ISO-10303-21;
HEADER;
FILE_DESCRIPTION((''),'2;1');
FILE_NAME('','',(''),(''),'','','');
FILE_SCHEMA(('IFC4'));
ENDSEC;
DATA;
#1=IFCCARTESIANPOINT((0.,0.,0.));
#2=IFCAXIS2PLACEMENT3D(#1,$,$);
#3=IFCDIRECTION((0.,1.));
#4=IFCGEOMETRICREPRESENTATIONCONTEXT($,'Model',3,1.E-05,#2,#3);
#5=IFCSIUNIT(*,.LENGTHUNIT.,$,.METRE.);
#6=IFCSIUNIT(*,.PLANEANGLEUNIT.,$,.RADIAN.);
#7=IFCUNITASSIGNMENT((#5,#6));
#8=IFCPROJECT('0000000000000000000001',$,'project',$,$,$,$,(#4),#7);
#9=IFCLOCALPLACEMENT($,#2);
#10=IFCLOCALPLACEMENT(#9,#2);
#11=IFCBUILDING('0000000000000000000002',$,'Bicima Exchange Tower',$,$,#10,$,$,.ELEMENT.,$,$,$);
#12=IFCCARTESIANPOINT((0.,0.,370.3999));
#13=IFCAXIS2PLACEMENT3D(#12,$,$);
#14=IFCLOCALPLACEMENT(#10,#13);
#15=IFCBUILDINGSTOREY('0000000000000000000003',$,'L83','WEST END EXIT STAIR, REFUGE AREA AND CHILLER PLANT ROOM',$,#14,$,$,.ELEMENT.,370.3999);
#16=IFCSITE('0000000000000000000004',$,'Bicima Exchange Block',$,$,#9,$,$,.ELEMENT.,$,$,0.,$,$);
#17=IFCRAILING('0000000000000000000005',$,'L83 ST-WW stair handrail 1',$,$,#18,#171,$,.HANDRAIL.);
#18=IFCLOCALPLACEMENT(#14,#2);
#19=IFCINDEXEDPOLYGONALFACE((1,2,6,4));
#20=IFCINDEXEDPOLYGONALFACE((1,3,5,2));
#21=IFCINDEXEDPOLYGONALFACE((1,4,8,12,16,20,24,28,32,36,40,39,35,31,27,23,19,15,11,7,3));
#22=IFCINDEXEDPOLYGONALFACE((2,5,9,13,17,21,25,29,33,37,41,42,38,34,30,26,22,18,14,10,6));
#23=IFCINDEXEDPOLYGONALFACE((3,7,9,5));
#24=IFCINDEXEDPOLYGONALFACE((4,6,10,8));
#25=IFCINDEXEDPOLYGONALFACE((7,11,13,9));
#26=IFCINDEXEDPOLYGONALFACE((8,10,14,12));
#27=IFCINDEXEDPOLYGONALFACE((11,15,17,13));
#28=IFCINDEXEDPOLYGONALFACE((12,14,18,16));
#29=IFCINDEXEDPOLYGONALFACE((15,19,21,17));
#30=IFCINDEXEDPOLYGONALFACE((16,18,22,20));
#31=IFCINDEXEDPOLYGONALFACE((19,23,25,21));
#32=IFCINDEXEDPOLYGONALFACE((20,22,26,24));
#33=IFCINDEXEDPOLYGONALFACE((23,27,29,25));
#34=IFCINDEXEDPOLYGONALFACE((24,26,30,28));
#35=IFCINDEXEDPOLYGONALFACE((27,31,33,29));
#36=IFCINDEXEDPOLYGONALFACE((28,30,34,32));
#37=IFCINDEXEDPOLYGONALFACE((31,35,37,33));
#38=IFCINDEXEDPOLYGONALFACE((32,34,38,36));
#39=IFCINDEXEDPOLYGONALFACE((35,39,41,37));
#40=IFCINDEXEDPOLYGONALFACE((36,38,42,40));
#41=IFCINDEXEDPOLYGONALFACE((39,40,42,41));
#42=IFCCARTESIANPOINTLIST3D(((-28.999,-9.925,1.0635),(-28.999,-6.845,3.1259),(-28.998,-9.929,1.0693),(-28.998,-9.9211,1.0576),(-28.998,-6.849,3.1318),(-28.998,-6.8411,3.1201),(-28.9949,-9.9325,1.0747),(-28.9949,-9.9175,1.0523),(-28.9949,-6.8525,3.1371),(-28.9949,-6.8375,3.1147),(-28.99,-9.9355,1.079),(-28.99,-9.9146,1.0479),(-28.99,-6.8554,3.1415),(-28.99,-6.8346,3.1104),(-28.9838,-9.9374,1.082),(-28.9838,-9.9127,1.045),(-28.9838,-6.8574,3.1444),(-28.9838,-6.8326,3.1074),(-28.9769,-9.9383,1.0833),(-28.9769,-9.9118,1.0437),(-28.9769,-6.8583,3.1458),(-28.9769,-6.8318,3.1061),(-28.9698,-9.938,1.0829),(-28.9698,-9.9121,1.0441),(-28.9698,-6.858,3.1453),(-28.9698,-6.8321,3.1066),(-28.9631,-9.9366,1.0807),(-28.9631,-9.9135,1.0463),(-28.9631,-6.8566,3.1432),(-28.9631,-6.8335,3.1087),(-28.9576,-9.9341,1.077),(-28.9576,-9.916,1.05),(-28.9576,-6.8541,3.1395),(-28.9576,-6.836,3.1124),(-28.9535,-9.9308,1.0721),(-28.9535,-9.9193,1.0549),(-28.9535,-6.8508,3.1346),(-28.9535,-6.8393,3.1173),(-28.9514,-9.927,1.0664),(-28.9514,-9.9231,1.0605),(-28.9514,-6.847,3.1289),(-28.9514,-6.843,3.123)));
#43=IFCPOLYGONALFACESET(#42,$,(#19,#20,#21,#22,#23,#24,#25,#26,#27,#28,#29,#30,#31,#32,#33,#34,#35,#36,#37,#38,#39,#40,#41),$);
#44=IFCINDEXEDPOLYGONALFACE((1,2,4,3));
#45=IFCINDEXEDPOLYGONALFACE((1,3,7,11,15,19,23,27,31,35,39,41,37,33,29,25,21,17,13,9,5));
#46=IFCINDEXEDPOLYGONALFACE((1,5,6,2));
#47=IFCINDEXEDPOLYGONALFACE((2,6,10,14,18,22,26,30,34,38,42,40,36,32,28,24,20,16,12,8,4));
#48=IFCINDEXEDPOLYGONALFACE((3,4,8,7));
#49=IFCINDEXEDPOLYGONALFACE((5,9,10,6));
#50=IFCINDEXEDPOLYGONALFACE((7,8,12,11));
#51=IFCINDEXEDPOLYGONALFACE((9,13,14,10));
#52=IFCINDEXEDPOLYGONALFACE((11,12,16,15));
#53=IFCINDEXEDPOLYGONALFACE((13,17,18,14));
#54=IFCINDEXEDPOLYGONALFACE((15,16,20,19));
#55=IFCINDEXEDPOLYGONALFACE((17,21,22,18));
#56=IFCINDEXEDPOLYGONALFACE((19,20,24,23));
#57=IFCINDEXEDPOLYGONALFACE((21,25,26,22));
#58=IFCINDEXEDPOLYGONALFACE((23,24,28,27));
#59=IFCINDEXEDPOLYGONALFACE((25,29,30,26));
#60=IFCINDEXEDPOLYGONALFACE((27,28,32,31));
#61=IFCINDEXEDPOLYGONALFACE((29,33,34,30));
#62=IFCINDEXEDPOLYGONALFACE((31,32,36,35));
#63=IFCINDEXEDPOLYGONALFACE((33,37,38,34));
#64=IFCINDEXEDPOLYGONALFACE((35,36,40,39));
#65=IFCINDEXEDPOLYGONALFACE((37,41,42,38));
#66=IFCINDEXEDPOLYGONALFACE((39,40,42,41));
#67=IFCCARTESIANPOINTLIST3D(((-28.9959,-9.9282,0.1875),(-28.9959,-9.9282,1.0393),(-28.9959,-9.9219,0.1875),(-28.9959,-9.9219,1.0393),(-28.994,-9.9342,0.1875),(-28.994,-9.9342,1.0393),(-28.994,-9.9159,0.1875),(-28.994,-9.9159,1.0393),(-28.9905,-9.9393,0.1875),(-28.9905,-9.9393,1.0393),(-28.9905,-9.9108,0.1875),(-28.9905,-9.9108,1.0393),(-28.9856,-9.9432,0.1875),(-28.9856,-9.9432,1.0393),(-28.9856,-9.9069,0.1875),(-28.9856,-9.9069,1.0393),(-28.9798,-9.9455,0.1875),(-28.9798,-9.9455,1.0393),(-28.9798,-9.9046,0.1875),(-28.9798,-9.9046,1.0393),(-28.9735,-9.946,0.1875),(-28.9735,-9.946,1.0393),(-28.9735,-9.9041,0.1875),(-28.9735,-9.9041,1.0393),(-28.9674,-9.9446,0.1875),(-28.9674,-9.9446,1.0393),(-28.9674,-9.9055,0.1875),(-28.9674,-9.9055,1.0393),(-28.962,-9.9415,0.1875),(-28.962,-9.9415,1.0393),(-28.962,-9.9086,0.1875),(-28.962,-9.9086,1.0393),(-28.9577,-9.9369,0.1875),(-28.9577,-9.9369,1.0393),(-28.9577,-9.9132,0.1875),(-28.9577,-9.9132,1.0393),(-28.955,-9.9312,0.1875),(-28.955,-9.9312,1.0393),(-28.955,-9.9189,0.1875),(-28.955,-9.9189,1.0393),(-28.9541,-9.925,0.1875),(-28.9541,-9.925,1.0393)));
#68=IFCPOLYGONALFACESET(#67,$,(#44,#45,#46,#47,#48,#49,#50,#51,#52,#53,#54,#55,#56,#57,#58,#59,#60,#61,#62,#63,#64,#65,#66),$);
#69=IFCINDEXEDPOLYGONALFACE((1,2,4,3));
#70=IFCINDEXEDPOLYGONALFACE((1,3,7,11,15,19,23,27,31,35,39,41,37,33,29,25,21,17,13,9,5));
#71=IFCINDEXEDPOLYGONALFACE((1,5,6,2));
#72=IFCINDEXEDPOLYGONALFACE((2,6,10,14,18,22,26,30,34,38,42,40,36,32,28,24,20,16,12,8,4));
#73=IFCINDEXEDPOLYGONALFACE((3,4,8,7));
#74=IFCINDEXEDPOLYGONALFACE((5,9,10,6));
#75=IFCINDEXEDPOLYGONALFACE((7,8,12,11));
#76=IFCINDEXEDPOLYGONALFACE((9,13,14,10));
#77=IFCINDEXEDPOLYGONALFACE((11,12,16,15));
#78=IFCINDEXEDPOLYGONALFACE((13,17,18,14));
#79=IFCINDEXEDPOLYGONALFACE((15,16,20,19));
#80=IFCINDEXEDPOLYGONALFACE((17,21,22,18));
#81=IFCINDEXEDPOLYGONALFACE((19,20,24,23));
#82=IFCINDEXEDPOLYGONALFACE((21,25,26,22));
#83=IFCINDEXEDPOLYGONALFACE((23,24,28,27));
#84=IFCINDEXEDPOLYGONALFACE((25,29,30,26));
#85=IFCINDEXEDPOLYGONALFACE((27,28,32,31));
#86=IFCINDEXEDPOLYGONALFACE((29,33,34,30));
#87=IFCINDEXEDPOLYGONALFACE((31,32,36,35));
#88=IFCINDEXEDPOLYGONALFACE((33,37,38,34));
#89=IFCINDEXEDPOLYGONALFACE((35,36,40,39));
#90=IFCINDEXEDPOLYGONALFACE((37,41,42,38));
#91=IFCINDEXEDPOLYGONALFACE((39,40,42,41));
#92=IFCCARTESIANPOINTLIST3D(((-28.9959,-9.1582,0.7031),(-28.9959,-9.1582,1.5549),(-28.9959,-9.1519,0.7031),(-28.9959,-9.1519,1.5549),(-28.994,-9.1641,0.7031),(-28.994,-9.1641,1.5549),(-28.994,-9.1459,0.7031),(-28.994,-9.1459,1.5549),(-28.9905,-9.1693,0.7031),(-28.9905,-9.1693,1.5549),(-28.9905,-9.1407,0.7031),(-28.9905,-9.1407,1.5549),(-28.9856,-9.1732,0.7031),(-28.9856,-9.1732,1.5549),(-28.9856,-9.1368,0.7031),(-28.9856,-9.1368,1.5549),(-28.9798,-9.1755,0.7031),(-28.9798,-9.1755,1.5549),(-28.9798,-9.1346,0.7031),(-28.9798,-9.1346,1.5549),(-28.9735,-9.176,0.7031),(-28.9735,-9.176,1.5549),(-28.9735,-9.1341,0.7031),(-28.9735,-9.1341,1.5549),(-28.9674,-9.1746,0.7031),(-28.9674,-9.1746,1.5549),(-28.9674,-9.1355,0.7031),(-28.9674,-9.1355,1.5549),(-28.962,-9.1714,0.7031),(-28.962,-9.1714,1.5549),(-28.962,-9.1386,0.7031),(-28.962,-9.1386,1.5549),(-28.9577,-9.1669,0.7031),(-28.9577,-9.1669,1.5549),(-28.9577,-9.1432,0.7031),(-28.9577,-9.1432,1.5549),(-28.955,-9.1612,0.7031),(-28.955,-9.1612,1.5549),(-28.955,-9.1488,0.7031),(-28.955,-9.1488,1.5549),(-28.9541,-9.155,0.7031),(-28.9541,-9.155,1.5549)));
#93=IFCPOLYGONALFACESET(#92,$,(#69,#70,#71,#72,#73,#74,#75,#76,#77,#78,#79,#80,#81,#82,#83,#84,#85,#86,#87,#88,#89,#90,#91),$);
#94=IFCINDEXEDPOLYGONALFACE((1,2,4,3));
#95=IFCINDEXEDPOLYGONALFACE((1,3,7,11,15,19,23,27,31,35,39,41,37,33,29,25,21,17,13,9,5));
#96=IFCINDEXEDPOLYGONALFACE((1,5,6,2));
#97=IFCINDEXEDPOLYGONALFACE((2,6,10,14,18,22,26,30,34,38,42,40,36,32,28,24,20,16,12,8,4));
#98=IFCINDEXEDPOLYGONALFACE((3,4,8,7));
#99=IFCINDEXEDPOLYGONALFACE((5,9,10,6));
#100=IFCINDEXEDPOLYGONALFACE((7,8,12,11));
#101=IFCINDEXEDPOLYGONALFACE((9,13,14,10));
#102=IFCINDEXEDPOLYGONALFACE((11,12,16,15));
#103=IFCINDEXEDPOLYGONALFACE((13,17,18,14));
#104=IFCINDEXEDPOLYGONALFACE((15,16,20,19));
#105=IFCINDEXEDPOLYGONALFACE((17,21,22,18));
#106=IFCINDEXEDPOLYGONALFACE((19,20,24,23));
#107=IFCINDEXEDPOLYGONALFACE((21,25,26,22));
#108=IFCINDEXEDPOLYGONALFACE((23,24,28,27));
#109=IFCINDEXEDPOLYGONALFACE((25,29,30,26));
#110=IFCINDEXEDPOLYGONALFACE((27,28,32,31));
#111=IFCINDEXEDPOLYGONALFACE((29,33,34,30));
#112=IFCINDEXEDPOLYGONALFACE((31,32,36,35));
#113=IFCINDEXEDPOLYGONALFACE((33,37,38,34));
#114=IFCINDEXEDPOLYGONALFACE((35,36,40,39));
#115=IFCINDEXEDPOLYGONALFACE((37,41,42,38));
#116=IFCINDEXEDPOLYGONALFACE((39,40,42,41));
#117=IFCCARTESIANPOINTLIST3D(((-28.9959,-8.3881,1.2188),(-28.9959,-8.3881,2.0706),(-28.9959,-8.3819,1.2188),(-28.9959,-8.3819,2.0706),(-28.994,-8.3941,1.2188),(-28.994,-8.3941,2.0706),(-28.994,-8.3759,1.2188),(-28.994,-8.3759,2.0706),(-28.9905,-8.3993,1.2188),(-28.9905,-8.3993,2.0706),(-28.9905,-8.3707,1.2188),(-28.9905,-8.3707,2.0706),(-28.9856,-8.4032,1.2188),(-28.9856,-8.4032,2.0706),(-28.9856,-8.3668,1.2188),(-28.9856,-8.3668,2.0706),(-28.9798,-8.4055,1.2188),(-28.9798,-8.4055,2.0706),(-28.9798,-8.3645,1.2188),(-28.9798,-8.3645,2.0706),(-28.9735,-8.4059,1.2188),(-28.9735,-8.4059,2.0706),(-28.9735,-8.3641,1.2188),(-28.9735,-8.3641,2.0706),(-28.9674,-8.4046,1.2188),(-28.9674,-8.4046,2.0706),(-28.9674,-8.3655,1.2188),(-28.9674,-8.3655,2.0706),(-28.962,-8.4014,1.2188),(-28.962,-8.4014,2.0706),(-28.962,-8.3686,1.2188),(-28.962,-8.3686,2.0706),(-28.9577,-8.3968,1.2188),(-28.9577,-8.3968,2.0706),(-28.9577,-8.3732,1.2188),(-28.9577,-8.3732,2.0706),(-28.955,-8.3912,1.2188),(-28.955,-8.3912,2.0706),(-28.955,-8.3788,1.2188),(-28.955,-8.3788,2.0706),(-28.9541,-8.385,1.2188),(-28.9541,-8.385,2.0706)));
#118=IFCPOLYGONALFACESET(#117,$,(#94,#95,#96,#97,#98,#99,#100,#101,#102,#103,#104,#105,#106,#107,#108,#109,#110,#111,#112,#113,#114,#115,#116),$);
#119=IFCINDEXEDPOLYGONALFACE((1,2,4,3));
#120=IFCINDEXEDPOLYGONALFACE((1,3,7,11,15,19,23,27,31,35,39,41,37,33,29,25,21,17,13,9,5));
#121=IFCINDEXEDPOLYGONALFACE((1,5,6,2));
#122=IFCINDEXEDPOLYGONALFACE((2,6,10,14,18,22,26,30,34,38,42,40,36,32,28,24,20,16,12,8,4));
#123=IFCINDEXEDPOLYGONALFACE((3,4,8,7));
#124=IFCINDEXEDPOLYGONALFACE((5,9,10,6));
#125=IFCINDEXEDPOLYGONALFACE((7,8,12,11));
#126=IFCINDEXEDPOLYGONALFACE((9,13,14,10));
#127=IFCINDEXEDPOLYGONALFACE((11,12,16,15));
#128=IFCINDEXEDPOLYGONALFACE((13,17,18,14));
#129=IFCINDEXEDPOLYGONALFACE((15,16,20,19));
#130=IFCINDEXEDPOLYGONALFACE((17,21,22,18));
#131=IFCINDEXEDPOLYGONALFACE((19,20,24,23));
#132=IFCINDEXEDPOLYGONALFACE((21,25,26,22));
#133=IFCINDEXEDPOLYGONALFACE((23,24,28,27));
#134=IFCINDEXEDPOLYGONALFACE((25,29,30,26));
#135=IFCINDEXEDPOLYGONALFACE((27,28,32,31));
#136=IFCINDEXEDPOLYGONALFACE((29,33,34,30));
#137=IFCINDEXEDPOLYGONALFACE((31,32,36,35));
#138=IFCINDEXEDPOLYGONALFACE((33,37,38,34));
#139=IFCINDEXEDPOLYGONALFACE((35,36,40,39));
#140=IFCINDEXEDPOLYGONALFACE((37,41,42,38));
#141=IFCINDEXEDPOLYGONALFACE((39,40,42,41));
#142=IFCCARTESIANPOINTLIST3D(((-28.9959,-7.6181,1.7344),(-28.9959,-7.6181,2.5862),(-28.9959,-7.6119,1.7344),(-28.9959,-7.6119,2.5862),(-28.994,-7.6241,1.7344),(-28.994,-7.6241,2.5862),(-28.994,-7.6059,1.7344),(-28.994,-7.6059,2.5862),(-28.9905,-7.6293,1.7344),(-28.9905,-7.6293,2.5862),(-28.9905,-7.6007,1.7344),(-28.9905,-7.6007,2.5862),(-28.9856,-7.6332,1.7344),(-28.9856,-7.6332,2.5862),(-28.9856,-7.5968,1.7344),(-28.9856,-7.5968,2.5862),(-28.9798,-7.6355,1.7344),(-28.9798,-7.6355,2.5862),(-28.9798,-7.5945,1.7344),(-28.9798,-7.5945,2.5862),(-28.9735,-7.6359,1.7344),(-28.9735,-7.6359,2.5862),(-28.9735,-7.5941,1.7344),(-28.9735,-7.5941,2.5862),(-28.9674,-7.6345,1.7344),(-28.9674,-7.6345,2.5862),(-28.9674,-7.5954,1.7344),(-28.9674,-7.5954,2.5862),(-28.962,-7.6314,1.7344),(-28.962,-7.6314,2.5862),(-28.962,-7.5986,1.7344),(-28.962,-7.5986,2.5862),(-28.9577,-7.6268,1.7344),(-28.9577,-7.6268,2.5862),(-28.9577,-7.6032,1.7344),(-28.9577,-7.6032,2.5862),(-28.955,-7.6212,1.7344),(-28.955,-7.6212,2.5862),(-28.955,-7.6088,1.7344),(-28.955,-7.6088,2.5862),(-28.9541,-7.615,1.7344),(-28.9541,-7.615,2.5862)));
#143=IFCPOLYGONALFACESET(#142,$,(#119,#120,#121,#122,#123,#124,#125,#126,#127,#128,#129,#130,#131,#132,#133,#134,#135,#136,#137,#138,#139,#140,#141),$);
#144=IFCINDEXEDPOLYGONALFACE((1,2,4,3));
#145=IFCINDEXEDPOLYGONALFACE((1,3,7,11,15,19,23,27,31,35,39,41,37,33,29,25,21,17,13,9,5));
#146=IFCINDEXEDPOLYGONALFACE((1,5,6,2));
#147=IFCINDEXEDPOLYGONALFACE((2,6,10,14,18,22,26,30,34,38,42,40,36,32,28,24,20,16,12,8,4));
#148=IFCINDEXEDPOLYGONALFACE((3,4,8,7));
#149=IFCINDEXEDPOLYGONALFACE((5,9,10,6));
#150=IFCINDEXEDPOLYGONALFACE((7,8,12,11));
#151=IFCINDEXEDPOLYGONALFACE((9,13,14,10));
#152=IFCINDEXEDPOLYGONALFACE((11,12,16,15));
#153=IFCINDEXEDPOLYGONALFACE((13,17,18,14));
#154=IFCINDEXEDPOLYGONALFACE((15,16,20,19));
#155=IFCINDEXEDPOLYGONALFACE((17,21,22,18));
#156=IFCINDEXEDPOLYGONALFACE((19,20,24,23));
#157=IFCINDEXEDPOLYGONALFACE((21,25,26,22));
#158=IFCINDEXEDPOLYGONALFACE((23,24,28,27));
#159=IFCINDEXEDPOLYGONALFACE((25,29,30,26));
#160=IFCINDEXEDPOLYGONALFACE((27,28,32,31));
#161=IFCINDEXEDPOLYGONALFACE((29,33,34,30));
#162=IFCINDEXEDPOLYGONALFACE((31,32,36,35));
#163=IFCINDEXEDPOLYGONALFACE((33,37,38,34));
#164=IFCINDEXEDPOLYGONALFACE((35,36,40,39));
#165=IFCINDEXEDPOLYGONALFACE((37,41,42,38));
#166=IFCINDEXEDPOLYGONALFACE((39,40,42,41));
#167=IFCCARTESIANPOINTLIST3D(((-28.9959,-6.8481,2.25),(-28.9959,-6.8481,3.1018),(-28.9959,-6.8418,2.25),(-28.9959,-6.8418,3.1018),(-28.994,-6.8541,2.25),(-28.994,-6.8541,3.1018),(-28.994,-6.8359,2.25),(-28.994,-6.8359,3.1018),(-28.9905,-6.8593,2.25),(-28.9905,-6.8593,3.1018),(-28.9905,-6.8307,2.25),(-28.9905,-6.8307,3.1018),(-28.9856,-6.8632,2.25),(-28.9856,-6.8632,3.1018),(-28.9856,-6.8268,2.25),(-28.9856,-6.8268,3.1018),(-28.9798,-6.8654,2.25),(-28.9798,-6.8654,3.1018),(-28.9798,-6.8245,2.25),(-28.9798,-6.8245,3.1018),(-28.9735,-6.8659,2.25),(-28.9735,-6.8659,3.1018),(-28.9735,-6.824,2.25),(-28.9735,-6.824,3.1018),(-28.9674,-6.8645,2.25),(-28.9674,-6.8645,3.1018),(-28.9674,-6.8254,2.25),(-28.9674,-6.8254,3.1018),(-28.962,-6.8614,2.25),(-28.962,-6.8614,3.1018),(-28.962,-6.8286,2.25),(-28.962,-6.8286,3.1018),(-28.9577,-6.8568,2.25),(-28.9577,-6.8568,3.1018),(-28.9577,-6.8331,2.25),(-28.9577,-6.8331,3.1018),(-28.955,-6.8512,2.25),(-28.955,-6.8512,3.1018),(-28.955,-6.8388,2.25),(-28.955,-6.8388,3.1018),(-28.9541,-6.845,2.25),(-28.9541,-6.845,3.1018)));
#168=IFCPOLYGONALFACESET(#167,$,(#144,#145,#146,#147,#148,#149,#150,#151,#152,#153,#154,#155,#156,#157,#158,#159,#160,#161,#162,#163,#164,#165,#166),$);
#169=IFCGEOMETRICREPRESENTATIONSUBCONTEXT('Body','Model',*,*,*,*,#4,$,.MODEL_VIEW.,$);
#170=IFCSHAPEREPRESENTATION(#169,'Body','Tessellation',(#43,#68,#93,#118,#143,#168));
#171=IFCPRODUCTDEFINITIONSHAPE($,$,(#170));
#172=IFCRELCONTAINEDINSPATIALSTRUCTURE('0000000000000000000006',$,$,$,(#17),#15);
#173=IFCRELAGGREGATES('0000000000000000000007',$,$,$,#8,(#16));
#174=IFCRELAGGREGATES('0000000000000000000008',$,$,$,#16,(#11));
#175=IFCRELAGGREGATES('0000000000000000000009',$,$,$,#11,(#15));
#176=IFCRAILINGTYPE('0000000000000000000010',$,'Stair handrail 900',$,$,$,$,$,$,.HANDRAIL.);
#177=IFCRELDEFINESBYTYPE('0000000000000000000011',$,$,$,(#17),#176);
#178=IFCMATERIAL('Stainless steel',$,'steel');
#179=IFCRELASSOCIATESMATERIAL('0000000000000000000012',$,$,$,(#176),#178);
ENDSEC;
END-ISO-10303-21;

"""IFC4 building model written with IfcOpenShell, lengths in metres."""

from ifc_helpers import new_model, si_unit, direction, frame, origin, origin_2d, place, context, subcontext, project, spatial, circle, extrude, material, type_object, element, save


model = new_model("IFC4")

# Units and contexts
model_context = context("Model", 3, precision=1e-05, world=origin(), true_north=direction((0.0, 1.0)))
body_context = subcontext(model_context, "Body", "Model", "MODEL_VIEW")
ifc_project = project(units=[si_unit("LENGTHUNIT", "METRE"), si_unit("PLANEANGLEUNIT", "RADIAN")], contexts=[model_context])

# Site, building, storey
site_placement = place(None, origin())
site = spatial("IfcSite", under=ifc_project, at=site_placement, Name="Bicima Exchange Block", CompositionType="ELEMENT", RefElevation=0.0)
building_placement = place(site_placement, origin())
building = spatial("IfcBuilding", under=site, at=building_placement, Name="Bicima Exchange Tower", CompositionType="ELEMENT")
storey_placement = place(building_placement, frame((0.0, 0.0, 370.3999)))
storey = spatial("IfcBuildingStorey", under=building, at=storey_placement, Name="L83", Description="WEST END EXIT STAIR, REFUGE AREA AND CHILLER PLANT ROOM", CompositionType="ELEMENT", Elevation=370.3999)

# Railing
ifc_material_1 = material(Name="Stainless steel", Category="steel")
railing_type_1 = type_object("IfcRailingType", Name="Stair handrail 900", PredefinedType="HANDRAIL", material=ifc_material_1)
railing_1_placement = place(storey_placement, frame((-28.9751, -9.925, 0.1875)))
element("IfcRailing", 1, at=railing_1_placement, inside=storey, type_object=railing_type_1, Name="L83 ST-WW stair handrail 1", PredefinedType="HANDRAIL", context=body_context, shape_type="SweptSolid", body=[
    extrude(circle(Radius=0.0239, at=origin_2d()), frame((0.0, 0.0, 0.876), z_axis=(0.0, 0.830914, 0.556401), x_axis=(-1.0, 0.0, 0.0)), (0.0, 0.0, 1.0), 3.7068),
    extrude(circle(Radius=0.021, at=origin_2d()), origin(), (0.0, 0.0, 1.0), 0.8518),
    extrude(circle(Radius=0.021, at=origin_2d()), frame((0.0, 0.77, 0.5156)), (0.0, 0.0, 1.0), 0.8518),
    extrude(circle(Radius=0.021, at=origin_2d()), frame((0.0, 1.54, 1.0312)), (0.0, 0.0, 1.0), 0.8518),
    extrude(circle(Radius=0.021, at=origin_2d()), frame((0.0, 2.3101, 1.5469)), (0.0, 0.0, 1.0), 0.8518),
    extrude(circle(Radius=0.021, at=origin_2d()), frame((0.0, 3.0801, 2.0625)), (0.0, 0.0, 1.0), 0.8518),
])

save(model, "model.ifc")
